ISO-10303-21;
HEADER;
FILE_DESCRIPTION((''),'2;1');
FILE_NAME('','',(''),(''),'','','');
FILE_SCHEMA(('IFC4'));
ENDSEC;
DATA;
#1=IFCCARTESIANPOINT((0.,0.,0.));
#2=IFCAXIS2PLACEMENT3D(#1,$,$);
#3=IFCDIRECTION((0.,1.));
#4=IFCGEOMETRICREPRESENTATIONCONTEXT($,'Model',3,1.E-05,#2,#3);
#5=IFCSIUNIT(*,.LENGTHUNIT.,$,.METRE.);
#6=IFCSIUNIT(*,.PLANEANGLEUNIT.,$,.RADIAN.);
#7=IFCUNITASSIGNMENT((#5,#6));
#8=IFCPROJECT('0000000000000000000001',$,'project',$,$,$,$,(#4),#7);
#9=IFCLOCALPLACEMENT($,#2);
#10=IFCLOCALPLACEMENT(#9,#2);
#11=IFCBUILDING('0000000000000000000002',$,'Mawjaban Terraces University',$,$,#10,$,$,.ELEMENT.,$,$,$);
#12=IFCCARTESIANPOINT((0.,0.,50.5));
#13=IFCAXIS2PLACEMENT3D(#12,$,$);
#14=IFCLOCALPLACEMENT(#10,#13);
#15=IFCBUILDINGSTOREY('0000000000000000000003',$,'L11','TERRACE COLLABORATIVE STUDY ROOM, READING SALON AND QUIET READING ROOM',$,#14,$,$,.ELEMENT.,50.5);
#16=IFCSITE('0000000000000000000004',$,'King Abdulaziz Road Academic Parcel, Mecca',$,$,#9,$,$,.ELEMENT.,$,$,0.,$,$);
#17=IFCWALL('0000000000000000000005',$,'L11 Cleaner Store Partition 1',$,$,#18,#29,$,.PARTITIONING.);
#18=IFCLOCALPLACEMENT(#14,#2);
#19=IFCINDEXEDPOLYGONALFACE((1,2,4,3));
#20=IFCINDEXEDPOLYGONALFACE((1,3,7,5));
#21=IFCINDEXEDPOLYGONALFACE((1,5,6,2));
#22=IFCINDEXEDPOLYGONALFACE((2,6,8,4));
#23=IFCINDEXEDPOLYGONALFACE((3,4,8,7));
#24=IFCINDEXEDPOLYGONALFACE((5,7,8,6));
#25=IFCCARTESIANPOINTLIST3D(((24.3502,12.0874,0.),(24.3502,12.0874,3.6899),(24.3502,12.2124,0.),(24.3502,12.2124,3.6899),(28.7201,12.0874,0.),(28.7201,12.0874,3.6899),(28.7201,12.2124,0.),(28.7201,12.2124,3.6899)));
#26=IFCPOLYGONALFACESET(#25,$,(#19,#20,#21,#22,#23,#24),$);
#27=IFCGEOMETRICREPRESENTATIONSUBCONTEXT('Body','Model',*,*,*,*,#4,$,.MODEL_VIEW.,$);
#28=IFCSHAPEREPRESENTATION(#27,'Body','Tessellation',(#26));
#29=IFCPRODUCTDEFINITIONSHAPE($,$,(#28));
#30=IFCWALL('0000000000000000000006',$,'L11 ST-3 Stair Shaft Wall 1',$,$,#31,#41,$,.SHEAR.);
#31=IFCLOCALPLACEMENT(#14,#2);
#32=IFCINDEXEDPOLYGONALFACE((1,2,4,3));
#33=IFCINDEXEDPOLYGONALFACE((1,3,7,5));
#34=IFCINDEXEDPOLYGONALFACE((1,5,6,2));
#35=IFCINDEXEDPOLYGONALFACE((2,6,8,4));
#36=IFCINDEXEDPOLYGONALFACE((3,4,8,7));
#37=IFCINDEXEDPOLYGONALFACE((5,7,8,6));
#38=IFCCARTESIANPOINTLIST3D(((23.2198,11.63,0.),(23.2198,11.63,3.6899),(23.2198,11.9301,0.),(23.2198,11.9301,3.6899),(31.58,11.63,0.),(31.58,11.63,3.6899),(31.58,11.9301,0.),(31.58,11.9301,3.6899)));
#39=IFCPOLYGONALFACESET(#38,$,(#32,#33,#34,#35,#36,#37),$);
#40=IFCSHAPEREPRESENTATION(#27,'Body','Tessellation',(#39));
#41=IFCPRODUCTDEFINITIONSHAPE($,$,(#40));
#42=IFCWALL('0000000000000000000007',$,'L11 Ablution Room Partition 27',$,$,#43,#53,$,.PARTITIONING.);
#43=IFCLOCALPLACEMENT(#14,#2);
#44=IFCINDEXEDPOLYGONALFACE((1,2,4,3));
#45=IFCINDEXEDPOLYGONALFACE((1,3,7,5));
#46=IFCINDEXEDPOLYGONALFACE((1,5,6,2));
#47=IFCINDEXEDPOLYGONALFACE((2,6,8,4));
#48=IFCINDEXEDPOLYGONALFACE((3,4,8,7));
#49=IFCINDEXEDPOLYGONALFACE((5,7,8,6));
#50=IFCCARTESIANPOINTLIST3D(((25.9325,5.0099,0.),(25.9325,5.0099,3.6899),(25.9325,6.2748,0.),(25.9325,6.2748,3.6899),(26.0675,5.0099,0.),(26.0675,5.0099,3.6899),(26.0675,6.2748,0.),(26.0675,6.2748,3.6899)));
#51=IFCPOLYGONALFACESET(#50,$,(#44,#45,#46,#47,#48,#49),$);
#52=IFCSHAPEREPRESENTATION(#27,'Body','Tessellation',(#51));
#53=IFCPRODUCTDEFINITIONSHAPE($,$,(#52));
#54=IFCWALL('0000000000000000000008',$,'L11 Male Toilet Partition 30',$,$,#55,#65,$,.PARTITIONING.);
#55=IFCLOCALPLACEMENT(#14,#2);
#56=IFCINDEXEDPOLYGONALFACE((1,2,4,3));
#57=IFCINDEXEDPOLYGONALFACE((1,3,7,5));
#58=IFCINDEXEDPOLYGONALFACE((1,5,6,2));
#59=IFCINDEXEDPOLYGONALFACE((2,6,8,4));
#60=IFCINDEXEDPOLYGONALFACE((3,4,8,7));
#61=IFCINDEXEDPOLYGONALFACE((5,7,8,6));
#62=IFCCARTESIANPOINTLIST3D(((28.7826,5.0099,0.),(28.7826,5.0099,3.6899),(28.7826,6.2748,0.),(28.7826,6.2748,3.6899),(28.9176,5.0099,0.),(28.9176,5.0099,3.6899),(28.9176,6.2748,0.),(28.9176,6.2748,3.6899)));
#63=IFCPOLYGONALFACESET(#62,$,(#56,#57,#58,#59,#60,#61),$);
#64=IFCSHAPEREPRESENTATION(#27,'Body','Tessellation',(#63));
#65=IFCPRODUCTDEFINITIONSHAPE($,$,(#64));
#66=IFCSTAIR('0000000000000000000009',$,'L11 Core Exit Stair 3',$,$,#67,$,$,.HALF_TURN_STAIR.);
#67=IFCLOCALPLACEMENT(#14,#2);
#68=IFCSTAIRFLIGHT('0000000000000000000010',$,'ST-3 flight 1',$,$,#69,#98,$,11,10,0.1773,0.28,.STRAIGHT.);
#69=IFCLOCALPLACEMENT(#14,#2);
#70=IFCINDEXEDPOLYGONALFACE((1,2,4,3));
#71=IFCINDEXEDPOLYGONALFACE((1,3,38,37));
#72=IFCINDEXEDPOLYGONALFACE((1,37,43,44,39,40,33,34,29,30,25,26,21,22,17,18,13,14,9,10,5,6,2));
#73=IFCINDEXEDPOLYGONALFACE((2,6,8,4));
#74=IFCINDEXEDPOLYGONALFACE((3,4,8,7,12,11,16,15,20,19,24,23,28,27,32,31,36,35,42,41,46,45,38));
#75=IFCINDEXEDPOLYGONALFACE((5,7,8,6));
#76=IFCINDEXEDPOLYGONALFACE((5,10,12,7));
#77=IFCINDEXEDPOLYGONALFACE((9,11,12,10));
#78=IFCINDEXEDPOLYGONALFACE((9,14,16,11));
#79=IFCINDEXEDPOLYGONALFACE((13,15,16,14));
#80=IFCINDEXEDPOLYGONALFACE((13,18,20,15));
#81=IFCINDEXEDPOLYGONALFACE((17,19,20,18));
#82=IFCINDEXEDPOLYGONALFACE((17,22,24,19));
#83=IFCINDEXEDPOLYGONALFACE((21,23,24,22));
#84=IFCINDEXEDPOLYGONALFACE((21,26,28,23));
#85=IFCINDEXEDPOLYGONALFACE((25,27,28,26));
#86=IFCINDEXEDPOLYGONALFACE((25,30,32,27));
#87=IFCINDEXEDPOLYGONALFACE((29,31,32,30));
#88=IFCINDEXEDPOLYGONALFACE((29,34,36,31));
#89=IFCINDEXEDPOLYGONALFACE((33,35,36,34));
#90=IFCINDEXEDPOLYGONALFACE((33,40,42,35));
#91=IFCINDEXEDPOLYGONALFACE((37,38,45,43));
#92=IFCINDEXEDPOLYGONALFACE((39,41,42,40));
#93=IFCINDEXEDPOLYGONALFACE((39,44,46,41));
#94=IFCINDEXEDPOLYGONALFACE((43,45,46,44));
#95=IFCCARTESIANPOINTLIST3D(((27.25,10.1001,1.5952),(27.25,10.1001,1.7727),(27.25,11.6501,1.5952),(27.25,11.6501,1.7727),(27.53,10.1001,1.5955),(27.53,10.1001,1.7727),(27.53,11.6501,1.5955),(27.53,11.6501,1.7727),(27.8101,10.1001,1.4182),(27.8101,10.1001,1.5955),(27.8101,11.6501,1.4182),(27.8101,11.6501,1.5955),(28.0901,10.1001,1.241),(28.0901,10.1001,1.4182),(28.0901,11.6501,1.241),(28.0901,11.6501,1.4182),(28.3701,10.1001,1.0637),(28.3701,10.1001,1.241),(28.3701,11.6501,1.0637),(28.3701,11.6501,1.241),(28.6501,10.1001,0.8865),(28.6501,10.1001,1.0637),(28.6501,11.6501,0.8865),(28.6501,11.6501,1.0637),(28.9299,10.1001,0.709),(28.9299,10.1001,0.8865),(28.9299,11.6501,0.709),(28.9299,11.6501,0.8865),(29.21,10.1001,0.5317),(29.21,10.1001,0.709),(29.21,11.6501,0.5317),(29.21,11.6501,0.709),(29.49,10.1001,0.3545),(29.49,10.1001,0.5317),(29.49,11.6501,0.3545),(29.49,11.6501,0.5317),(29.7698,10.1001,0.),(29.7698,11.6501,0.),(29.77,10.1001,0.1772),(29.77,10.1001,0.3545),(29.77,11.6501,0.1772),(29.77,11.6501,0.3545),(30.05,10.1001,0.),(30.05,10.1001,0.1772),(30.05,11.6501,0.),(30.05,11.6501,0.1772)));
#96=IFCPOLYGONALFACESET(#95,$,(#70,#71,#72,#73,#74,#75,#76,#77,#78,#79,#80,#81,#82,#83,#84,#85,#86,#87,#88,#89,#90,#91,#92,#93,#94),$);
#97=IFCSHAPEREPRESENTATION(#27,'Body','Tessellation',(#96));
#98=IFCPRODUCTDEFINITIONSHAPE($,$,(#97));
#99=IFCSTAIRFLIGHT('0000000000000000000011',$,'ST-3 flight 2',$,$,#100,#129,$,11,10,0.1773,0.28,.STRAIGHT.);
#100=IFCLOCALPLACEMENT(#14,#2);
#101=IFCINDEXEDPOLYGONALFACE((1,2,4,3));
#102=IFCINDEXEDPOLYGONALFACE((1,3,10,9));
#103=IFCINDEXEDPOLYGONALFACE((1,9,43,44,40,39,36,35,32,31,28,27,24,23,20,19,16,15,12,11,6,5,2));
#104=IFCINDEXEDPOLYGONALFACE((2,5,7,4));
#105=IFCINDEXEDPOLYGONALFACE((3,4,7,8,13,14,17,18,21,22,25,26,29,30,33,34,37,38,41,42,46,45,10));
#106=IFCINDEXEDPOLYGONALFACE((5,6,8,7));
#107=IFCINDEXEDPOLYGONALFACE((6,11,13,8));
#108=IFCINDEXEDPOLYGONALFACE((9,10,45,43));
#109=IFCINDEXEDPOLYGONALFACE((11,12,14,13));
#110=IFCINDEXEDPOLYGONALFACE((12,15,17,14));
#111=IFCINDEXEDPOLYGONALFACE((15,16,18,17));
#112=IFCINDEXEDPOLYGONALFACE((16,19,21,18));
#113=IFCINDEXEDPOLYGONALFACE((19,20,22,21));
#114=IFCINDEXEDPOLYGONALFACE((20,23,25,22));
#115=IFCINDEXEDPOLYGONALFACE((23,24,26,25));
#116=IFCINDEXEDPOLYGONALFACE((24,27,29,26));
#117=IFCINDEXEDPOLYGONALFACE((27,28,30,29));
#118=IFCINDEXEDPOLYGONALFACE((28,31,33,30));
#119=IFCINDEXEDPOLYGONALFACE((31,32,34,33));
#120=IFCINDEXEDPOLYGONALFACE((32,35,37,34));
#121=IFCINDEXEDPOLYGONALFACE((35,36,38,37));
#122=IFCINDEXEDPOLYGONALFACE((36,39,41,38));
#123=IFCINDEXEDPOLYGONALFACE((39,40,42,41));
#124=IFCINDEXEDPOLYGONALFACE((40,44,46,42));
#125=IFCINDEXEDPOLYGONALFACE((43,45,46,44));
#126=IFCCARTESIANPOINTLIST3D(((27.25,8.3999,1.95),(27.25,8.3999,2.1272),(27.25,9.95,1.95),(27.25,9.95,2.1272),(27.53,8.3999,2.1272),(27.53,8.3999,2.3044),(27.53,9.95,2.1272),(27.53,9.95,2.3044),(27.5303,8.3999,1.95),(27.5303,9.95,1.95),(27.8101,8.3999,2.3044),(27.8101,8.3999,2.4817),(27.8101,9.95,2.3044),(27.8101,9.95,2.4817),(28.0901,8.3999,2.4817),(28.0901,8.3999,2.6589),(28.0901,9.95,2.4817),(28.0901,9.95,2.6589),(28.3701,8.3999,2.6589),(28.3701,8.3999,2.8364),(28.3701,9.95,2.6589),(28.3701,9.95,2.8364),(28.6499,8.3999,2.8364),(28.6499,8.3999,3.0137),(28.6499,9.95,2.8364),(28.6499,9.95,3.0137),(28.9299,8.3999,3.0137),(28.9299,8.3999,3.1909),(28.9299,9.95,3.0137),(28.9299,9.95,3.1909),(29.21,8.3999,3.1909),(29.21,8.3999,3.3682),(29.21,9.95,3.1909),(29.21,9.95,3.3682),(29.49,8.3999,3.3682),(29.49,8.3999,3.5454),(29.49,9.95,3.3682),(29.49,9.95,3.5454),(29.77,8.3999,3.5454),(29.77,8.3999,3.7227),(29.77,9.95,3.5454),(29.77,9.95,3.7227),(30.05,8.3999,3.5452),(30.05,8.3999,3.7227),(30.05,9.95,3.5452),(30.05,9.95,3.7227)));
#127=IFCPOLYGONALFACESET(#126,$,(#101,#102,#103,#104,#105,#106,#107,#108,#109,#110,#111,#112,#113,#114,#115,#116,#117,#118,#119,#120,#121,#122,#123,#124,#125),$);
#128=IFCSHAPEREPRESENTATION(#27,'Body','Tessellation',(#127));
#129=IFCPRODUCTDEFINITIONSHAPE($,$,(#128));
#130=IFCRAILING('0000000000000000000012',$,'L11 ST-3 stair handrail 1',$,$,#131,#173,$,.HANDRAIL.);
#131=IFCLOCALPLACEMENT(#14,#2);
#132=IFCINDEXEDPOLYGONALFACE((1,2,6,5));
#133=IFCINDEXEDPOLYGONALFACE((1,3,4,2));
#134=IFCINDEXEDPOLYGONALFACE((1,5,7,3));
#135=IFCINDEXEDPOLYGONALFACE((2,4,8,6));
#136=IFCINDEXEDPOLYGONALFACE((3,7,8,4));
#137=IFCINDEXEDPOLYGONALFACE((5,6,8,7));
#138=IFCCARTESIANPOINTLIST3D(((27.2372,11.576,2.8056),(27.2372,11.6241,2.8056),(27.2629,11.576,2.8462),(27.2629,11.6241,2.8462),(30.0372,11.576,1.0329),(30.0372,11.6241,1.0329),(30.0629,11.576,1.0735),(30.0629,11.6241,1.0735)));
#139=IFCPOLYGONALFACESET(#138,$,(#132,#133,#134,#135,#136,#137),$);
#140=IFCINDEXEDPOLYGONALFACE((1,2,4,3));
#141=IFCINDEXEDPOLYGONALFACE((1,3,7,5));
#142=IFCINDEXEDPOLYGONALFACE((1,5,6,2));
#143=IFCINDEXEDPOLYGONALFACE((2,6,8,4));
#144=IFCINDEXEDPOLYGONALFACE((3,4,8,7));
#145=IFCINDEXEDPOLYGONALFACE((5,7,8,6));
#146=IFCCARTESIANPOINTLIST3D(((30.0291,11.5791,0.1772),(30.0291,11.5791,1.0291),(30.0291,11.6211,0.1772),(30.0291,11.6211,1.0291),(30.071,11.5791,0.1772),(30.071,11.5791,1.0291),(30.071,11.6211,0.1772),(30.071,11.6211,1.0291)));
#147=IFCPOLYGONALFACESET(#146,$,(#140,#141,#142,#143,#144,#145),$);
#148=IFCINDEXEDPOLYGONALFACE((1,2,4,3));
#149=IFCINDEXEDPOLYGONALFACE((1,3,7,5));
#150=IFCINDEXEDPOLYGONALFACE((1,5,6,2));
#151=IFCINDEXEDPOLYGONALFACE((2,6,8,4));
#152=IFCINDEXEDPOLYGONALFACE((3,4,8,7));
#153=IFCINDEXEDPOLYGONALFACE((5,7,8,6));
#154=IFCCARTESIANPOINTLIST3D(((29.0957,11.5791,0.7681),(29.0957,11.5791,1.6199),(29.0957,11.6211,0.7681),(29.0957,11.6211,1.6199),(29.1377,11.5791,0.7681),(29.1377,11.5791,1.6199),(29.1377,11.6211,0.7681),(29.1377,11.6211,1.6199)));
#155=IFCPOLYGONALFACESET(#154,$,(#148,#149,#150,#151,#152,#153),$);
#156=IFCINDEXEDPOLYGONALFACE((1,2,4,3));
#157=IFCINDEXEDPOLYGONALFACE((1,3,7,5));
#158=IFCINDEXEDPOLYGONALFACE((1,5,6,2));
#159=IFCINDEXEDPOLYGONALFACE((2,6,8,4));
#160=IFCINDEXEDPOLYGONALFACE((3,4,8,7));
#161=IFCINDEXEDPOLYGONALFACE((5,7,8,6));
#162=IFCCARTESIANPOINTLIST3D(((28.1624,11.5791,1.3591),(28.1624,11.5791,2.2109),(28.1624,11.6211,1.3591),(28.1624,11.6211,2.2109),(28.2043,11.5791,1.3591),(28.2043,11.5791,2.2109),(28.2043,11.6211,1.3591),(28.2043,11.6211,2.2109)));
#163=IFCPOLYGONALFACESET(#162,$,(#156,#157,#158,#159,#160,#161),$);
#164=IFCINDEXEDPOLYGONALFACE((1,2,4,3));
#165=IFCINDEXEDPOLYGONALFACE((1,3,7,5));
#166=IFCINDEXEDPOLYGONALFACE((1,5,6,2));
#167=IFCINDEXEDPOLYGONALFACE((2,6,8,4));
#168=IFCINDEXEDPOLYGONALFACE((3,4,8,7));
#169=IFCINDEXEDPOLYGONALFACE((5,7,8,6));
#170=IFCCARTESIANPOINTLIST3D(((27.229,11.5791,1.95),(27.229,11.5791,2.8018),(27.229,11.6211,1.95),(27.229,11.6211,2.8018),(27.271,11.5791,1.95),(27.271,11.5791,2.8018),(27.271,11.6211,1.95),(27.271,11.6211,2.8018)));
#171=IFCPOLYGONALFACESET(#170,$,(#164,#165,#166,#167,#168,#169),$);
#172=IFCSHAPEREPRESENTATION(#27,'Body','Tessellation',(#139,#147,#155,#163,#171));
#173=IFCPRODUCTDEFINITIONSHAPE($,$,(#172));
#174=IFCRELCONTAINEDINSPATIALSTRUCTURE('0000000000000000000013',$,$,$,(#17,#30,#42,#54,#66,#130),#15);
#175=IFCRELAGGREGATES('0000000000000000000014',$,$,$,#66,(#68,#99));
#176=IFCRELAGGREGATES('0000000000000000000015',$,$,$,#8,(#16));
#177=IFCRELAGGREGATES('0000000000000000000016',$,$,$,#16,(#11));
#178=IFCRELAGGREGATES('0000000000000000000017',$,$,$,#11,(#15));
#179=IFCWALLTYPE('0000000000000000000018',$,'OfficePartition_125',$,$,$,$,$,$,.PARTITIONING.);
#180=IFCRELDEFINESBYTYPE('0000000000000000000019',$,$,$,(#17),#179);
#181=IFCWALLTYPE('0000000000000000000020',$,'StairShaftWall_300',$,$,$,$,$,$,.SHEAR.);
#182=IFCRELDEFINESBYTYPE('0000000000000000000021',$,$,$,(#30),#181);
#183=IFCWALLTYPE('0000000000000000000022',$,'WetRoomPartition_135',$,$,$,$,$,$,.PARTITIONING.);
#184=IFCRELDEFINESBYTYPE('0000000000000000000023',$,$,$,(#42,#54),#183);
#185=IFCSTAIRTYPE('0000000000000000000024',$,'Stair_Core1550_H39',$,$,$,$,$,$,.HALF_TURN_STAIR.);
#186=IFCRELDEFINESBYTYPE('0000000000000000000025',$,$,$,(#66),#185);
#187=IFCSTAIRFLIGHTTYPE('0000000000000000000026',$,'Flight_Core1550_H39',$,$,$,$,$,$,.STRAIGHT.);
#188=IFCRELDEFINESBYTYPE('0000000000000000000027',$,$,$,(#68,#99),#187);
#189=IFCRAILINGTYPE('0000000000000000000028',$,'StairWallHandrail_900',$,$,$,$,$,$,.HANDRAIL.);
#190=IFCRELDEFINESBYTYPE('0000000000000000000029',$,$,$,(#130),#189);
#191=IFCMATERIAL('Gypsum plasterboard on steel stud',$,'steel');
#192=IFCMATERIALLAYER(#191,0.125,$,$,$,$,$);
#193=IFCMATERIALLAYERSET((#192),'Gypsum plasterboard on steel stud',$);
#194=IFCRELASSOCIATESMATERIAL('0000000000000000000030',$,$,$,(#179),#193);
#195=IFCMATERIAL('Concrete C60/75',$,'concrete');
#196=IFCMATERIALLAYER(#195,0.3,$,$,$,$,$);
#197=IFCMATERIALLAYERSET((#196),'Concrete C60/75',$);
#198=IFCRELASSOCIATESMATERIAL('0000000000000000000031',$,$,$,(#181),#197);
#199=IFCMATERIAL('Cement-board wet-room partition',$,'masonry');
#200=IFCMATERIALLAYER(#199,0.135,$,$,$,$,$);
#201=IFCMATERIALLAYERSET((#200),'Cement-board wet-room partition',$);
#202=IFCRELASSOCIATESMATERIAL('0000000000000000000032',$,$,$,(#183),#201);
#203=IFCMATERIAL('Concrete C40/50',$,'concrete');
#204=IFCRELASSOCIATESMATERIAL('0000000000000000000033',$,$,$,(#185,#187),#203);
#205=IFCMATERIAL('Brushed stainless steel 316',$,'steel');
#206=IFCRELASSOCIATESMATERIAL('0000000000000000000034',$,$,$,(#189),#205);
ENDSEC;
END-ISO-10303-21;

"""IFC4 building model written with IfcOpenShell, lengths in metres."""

from ifc_helpers import new_model, si_unit, direction, frame, frame_2d, origin, origin_2d, place, context, subcontext, project, spatial, polyline, rectangle, outline, extrude, material, layer, layer_set, type_object, element, aggregate, save


model = new_model("IFC4")

# Units and contexts
model_context = context("Model", 3, precision=1e-05, world=origin(), true_north=direction((0.0, 1.0)))
body_context = subcontext(model_context, "Body", "Model", "MODEL_VIEW")
ifc_project = project(units=[si_unit("LENGTHUNIT", "METRE"), si_unit("PLANEANGLEUNIT", "RADIAN")], contexts=[model_context])

# Site, building, storey
site_placement = place(None, origin())
site = spatial("IfcSite", under=ifc_project, at=site_placement, Name="King Abdulaziz Road Academic Parcel, Mecca", CompositionType="ELEMENT", RefElevation=0.0)
building_placement = place(site_placement, origin())
building = spatial("IfcBuilding", under=site, at=building_placement, Name="Mawjaban Terraces University", CompositionType="ELEMENT")
storey_placement = place(building_placement, frame((0.0, 0.0, 50.5)))
storey = spatial("IfcBuildingStorey", under=building, at=storey_placement, Name="L11", Description="TERRACE COLLABORATIVE STUDY ROOM, READING SALON AND QUIET READING ROOM", CompositionType="ELEMENT", Elevation=50.5)

# Shared definitions
ifc_material_1 = material(Name="Concrete C40/50", Category="concrete")

# Walls
ifc_material_2 = material(Name="Gypsum plasterboard on steel stud", Category="steel")
ifc_layer_1 = layer(ifc_material_2, 0.125)
ifc_layer_set_1 = layer_set([ifc_layer_1], Name="Gypsum plasterboard on steel stud")
wall_type_1 = type_object("IfcWallType", Name="OfficePartition_125", PredefinedType="PARTITIONING", material=ifc_layer_set_1)
wall_1_placement = place(storey_placement, frame((24.3501, 12.1499, 0.0), z_axis=(0.0, 0.0, 1.0), x_axis=(1.0, 0.0, 0.0)))
element("IfcWall", 1, at=wall_1_placement, inside=storey, type_object=wall_type_1, Name="L11 Cleaner Store Partition 1", PredefinedType="PARTITIONING", context=body_context, shape_type="SweptSolid", body=[
    extrude(rectangle(XDim=4.3699, YDim=0.125, at=frame_2d((2.1851, 0.0))), origin(), (0.0, 0.0, 1.0), 3.6899),
])
ifc_material_3 = material(Name="Concrete C60/75", Category="concrete")
ifc_layer_2 = layer(ifc_material_3, 0.3)
ifc_layer_set_2 = layer_set([ifc_layer_2], Name="Concrete C60/75")
wall_type_2 = type_object("IfcWallType", Name="StairShaftWall_300", PredefinedType="SHEAR", material=ifc_layer_set_2)
wall_2_placement = place(storey_placement, frame((31.5801, 11.78, 0.0), z_axis=(0.0, 0.0, 1.0), x_axis=(-1.0, 0.0, 0.0)))
element("IfcWall", 2, at=wall_2_placement, inside=storey, type_object=wall_type_2, Name="L11 ST-3 Stair Shaft Wall 1", PredefinedType="SHEAR", context=body_context, shape_type="SweptSolid", body=[
    extrude(rectangle(XDim=8.3601, YDim=0.3, at=frame_2d((4.1802, 0.0))), origin(), (0.0, 0.0, 1.0), 3.6899),
])

# Walls
ifc_material_4 = material(Name="Cement-board wet-room partition", Category="masonry")
ifc_layer_3 = layer(ifc_material_4, 0.135)
ifc_layer_set_3 = layer_set([ifc_layer_3], Name="Cement-board wet-room partition")
wall_type_3 = type_object("IfcWallType", Name="WetRoomPartition_135", PredefinedType="PARTITIONING", material=ifc_layer_set_3)
for number, where, z_axis, x_axis, name in (
    (3, (26.0, 5.01, 0.0), (0.0, 0.0, 1.0), (0.0, 1.0, 0.0), "L11 Ablution Room Partition 27"),
    (4, (28.8501, 5.01, 0.0), (0.0, 0.0, 1.0), (0.0, 1.0, 0.0), "L11 Male Toilet Partition 30"),
):
    element("IfcWall", number, at=place(storey_placement, frame(where, z_axis=z_axis, x_axis=x_axis)), inside=storey, type_object=wall_type_3, Name=name, PredefinedType="PARTITIONING", context=body_context, shape_type="SweptSolid", body=[
        extrude(rectangle(XDim=1.2649, YDim=0.135, at=frame_2d((0.6323, 0.0))), origin(), (0.0, 0.0, 1.0), 3.6899),
    ])

# Stair, stair flights
stair_type = type_object("IfcStairType", Name="Stair_Core1550_H39", PredefinedType="HALF_TURN_STAIR", material=ifc_material_1)
stair_placement = place(storey_placement, origin())
stair = element("IfcStair", 5, at=stair_placement, inside=storey, type_object=stair_type, Name="L11 Core Exit Stair 3", PredefinedType="HALF_TURN_STAIR")
stair_flight_type = type_object("IfcStairFlightType", Name="Flight_Core1550_H39", PredefinedType="STRAIGHT", material=ifc_material_1)
stair_flight_1_placement = place(storey_placement, frame((30.05, 10.875, 0.0), z_axis=(0.0, 0.0, 1.0), x_axis=(-1.0, 0.0, 0.0)))
stair_flight_1 = element("IfcStairFlight", 6, at=stair_flight_1_placement, type_object=stair_flight_type, Name="ST-3 flight 1", NumberOfRisers=11, NumberOfTreads=10, PredefinedType="STRAIGHT", RiserHeight=0.1773, TreadLength=0.28, context=body_context, shape_type="SweptSolid", body=[
    extrude(outline(polyline([(0.0, 0.0), (0.0, 0.1772), (0.28, 0.1772), (0.28, 0.3545), (0.5601, 0.3545), (0.5601, 0.5317), (0.8401, 0.5317), (0.8401, 0.709), (1.1201, 0.709), (1.1201, 0.8865), (1.3999, 0.8865), (1.3999, 1.0637), (1.6799, 1.0637), (1.6799, 1.241), (1.96, 1.241), (1.96, 1.4182), (2.24, 1.4182), (2.24, 1.5955), (2.52, 1.5955), (2.52, 1.7727), (2.8, 1.7727), (2.8, 1.95), (2.8, 1.5952), (0.2803, 0.0), (0.0, 0.0)])), frame((0.0, 0.7749, 0.0), z_axis=(0.0, -1.0, 0.0), x_axis=(1.0, 0.0, 0.0)), (0.0, 0.0, 1.0), 1.55),
])
stair_flight_2_placement = place(storey_placement, frame((27.25, 9.175, 1.95), z_axis=(0.0, 0.0, 1.0), x_axis=(1.0, 0.0, 0.0)))
stair_flight_2 = element("IfcStairFlight", 7, at=stair_flight_2_placement, type_object=stair_flight_type, Name="ST-3 flight 2", NumberOfRisers=11, NumberOfTreads=10, PredefinedType="STRAIGHT", RiserHeight=0.1773, TreadLength=0.28, context=body_context, shape_type="SweptSolid", body=[
    extrude(outline(polyline([(0.0, 0.0), (0.0, 0.1772), (0.28, 0.1772), (0.28, 0.3545), (0.5601, 0.3545), (0.5601, 0.5317), (0.8401, 0.5317), (0.8401, 0.709), (1.1201, 0.709), (1.1201, 0.8865), (1.3999, 0.8865), (1.3999, 1.0637), (1.6799, 1.0637), (1.6799, 1.241), (1.96, 1.241), (1.96, 1.4182), (2.24, 1.4182), (2.24, 1.5955), (2.52, 1.5955), (2.52, 1.7727), (2.8, 1.7727), (2.8, 1.95), (2.8, 1.5952), (0.2803, 0.0), (0.0, 0.0)])), frame((0.0, 0.7749, 0.0), z_axis=(0.0, -1.0, 0.0), x_axis=(1.0, 0.0, 0.0)), (0.0, 0.0, 1.0), 1.55),
])
aggregate(stair, [stair_flight_1, stair_flight_2])

# Railing
ifc_material_5 = material(Name="Brushed stainless steel 316", Category="steel")
railing_type_1 = type_object("IfcRailingType", Name="StairWallHandrail_900", PredefinedType="HANDRAIL", material=ifc_material_5)
railing_1_placement = place(storey_placement, frame((30.05, 11.6001, 0.1772)))
element("IfcRailing", 8, at=railing_1_placement, inside=storey, type_object=railing_type_1, Name="L11 ST-3 stair handrail 1", PredefinedType="HANDRAIL", context=body_context, shape_type="SweptSolid", body=[
    extrude(rectangle(XDim=0.0481, YDim=0.0481, at=origin_2d()), frame((0.0, 0.0, 0.876), z_axis=(-0.844909, 0.0, 0.53491), x_axis=(0.0, -1.0, 0.0)), (0.0, 0.0, 1.0), 3.314),
    extrude(rectangle(XDim=0.042, YDim=0.042, at=origin_2d()), origin(), (0.0, 0.0, 1.0), 0.8518),
    extrude(rectangle(XDim=0.042, YDim=0.042, at=origin_2d()), frame((-0.9333, 0.0, 0.5908)), (0.0, 0.0, 1.0), 0.8518),
    extrude(rectangle(XDim=0.042, YDim=0.042, at=origin_2d()), frame((-1.8667, 0.0, 1.1819)), (0.0, 0.0, 1.0), 0.8518),
    extrude(rectangle(XDim=0.042, YDim=0.042, at=origin_2d()), frame((-2.8, 0.0, 1.7727)), (0.0, 0.0, 1.0), 0.8518),
])

save(model, "model.ifc")
